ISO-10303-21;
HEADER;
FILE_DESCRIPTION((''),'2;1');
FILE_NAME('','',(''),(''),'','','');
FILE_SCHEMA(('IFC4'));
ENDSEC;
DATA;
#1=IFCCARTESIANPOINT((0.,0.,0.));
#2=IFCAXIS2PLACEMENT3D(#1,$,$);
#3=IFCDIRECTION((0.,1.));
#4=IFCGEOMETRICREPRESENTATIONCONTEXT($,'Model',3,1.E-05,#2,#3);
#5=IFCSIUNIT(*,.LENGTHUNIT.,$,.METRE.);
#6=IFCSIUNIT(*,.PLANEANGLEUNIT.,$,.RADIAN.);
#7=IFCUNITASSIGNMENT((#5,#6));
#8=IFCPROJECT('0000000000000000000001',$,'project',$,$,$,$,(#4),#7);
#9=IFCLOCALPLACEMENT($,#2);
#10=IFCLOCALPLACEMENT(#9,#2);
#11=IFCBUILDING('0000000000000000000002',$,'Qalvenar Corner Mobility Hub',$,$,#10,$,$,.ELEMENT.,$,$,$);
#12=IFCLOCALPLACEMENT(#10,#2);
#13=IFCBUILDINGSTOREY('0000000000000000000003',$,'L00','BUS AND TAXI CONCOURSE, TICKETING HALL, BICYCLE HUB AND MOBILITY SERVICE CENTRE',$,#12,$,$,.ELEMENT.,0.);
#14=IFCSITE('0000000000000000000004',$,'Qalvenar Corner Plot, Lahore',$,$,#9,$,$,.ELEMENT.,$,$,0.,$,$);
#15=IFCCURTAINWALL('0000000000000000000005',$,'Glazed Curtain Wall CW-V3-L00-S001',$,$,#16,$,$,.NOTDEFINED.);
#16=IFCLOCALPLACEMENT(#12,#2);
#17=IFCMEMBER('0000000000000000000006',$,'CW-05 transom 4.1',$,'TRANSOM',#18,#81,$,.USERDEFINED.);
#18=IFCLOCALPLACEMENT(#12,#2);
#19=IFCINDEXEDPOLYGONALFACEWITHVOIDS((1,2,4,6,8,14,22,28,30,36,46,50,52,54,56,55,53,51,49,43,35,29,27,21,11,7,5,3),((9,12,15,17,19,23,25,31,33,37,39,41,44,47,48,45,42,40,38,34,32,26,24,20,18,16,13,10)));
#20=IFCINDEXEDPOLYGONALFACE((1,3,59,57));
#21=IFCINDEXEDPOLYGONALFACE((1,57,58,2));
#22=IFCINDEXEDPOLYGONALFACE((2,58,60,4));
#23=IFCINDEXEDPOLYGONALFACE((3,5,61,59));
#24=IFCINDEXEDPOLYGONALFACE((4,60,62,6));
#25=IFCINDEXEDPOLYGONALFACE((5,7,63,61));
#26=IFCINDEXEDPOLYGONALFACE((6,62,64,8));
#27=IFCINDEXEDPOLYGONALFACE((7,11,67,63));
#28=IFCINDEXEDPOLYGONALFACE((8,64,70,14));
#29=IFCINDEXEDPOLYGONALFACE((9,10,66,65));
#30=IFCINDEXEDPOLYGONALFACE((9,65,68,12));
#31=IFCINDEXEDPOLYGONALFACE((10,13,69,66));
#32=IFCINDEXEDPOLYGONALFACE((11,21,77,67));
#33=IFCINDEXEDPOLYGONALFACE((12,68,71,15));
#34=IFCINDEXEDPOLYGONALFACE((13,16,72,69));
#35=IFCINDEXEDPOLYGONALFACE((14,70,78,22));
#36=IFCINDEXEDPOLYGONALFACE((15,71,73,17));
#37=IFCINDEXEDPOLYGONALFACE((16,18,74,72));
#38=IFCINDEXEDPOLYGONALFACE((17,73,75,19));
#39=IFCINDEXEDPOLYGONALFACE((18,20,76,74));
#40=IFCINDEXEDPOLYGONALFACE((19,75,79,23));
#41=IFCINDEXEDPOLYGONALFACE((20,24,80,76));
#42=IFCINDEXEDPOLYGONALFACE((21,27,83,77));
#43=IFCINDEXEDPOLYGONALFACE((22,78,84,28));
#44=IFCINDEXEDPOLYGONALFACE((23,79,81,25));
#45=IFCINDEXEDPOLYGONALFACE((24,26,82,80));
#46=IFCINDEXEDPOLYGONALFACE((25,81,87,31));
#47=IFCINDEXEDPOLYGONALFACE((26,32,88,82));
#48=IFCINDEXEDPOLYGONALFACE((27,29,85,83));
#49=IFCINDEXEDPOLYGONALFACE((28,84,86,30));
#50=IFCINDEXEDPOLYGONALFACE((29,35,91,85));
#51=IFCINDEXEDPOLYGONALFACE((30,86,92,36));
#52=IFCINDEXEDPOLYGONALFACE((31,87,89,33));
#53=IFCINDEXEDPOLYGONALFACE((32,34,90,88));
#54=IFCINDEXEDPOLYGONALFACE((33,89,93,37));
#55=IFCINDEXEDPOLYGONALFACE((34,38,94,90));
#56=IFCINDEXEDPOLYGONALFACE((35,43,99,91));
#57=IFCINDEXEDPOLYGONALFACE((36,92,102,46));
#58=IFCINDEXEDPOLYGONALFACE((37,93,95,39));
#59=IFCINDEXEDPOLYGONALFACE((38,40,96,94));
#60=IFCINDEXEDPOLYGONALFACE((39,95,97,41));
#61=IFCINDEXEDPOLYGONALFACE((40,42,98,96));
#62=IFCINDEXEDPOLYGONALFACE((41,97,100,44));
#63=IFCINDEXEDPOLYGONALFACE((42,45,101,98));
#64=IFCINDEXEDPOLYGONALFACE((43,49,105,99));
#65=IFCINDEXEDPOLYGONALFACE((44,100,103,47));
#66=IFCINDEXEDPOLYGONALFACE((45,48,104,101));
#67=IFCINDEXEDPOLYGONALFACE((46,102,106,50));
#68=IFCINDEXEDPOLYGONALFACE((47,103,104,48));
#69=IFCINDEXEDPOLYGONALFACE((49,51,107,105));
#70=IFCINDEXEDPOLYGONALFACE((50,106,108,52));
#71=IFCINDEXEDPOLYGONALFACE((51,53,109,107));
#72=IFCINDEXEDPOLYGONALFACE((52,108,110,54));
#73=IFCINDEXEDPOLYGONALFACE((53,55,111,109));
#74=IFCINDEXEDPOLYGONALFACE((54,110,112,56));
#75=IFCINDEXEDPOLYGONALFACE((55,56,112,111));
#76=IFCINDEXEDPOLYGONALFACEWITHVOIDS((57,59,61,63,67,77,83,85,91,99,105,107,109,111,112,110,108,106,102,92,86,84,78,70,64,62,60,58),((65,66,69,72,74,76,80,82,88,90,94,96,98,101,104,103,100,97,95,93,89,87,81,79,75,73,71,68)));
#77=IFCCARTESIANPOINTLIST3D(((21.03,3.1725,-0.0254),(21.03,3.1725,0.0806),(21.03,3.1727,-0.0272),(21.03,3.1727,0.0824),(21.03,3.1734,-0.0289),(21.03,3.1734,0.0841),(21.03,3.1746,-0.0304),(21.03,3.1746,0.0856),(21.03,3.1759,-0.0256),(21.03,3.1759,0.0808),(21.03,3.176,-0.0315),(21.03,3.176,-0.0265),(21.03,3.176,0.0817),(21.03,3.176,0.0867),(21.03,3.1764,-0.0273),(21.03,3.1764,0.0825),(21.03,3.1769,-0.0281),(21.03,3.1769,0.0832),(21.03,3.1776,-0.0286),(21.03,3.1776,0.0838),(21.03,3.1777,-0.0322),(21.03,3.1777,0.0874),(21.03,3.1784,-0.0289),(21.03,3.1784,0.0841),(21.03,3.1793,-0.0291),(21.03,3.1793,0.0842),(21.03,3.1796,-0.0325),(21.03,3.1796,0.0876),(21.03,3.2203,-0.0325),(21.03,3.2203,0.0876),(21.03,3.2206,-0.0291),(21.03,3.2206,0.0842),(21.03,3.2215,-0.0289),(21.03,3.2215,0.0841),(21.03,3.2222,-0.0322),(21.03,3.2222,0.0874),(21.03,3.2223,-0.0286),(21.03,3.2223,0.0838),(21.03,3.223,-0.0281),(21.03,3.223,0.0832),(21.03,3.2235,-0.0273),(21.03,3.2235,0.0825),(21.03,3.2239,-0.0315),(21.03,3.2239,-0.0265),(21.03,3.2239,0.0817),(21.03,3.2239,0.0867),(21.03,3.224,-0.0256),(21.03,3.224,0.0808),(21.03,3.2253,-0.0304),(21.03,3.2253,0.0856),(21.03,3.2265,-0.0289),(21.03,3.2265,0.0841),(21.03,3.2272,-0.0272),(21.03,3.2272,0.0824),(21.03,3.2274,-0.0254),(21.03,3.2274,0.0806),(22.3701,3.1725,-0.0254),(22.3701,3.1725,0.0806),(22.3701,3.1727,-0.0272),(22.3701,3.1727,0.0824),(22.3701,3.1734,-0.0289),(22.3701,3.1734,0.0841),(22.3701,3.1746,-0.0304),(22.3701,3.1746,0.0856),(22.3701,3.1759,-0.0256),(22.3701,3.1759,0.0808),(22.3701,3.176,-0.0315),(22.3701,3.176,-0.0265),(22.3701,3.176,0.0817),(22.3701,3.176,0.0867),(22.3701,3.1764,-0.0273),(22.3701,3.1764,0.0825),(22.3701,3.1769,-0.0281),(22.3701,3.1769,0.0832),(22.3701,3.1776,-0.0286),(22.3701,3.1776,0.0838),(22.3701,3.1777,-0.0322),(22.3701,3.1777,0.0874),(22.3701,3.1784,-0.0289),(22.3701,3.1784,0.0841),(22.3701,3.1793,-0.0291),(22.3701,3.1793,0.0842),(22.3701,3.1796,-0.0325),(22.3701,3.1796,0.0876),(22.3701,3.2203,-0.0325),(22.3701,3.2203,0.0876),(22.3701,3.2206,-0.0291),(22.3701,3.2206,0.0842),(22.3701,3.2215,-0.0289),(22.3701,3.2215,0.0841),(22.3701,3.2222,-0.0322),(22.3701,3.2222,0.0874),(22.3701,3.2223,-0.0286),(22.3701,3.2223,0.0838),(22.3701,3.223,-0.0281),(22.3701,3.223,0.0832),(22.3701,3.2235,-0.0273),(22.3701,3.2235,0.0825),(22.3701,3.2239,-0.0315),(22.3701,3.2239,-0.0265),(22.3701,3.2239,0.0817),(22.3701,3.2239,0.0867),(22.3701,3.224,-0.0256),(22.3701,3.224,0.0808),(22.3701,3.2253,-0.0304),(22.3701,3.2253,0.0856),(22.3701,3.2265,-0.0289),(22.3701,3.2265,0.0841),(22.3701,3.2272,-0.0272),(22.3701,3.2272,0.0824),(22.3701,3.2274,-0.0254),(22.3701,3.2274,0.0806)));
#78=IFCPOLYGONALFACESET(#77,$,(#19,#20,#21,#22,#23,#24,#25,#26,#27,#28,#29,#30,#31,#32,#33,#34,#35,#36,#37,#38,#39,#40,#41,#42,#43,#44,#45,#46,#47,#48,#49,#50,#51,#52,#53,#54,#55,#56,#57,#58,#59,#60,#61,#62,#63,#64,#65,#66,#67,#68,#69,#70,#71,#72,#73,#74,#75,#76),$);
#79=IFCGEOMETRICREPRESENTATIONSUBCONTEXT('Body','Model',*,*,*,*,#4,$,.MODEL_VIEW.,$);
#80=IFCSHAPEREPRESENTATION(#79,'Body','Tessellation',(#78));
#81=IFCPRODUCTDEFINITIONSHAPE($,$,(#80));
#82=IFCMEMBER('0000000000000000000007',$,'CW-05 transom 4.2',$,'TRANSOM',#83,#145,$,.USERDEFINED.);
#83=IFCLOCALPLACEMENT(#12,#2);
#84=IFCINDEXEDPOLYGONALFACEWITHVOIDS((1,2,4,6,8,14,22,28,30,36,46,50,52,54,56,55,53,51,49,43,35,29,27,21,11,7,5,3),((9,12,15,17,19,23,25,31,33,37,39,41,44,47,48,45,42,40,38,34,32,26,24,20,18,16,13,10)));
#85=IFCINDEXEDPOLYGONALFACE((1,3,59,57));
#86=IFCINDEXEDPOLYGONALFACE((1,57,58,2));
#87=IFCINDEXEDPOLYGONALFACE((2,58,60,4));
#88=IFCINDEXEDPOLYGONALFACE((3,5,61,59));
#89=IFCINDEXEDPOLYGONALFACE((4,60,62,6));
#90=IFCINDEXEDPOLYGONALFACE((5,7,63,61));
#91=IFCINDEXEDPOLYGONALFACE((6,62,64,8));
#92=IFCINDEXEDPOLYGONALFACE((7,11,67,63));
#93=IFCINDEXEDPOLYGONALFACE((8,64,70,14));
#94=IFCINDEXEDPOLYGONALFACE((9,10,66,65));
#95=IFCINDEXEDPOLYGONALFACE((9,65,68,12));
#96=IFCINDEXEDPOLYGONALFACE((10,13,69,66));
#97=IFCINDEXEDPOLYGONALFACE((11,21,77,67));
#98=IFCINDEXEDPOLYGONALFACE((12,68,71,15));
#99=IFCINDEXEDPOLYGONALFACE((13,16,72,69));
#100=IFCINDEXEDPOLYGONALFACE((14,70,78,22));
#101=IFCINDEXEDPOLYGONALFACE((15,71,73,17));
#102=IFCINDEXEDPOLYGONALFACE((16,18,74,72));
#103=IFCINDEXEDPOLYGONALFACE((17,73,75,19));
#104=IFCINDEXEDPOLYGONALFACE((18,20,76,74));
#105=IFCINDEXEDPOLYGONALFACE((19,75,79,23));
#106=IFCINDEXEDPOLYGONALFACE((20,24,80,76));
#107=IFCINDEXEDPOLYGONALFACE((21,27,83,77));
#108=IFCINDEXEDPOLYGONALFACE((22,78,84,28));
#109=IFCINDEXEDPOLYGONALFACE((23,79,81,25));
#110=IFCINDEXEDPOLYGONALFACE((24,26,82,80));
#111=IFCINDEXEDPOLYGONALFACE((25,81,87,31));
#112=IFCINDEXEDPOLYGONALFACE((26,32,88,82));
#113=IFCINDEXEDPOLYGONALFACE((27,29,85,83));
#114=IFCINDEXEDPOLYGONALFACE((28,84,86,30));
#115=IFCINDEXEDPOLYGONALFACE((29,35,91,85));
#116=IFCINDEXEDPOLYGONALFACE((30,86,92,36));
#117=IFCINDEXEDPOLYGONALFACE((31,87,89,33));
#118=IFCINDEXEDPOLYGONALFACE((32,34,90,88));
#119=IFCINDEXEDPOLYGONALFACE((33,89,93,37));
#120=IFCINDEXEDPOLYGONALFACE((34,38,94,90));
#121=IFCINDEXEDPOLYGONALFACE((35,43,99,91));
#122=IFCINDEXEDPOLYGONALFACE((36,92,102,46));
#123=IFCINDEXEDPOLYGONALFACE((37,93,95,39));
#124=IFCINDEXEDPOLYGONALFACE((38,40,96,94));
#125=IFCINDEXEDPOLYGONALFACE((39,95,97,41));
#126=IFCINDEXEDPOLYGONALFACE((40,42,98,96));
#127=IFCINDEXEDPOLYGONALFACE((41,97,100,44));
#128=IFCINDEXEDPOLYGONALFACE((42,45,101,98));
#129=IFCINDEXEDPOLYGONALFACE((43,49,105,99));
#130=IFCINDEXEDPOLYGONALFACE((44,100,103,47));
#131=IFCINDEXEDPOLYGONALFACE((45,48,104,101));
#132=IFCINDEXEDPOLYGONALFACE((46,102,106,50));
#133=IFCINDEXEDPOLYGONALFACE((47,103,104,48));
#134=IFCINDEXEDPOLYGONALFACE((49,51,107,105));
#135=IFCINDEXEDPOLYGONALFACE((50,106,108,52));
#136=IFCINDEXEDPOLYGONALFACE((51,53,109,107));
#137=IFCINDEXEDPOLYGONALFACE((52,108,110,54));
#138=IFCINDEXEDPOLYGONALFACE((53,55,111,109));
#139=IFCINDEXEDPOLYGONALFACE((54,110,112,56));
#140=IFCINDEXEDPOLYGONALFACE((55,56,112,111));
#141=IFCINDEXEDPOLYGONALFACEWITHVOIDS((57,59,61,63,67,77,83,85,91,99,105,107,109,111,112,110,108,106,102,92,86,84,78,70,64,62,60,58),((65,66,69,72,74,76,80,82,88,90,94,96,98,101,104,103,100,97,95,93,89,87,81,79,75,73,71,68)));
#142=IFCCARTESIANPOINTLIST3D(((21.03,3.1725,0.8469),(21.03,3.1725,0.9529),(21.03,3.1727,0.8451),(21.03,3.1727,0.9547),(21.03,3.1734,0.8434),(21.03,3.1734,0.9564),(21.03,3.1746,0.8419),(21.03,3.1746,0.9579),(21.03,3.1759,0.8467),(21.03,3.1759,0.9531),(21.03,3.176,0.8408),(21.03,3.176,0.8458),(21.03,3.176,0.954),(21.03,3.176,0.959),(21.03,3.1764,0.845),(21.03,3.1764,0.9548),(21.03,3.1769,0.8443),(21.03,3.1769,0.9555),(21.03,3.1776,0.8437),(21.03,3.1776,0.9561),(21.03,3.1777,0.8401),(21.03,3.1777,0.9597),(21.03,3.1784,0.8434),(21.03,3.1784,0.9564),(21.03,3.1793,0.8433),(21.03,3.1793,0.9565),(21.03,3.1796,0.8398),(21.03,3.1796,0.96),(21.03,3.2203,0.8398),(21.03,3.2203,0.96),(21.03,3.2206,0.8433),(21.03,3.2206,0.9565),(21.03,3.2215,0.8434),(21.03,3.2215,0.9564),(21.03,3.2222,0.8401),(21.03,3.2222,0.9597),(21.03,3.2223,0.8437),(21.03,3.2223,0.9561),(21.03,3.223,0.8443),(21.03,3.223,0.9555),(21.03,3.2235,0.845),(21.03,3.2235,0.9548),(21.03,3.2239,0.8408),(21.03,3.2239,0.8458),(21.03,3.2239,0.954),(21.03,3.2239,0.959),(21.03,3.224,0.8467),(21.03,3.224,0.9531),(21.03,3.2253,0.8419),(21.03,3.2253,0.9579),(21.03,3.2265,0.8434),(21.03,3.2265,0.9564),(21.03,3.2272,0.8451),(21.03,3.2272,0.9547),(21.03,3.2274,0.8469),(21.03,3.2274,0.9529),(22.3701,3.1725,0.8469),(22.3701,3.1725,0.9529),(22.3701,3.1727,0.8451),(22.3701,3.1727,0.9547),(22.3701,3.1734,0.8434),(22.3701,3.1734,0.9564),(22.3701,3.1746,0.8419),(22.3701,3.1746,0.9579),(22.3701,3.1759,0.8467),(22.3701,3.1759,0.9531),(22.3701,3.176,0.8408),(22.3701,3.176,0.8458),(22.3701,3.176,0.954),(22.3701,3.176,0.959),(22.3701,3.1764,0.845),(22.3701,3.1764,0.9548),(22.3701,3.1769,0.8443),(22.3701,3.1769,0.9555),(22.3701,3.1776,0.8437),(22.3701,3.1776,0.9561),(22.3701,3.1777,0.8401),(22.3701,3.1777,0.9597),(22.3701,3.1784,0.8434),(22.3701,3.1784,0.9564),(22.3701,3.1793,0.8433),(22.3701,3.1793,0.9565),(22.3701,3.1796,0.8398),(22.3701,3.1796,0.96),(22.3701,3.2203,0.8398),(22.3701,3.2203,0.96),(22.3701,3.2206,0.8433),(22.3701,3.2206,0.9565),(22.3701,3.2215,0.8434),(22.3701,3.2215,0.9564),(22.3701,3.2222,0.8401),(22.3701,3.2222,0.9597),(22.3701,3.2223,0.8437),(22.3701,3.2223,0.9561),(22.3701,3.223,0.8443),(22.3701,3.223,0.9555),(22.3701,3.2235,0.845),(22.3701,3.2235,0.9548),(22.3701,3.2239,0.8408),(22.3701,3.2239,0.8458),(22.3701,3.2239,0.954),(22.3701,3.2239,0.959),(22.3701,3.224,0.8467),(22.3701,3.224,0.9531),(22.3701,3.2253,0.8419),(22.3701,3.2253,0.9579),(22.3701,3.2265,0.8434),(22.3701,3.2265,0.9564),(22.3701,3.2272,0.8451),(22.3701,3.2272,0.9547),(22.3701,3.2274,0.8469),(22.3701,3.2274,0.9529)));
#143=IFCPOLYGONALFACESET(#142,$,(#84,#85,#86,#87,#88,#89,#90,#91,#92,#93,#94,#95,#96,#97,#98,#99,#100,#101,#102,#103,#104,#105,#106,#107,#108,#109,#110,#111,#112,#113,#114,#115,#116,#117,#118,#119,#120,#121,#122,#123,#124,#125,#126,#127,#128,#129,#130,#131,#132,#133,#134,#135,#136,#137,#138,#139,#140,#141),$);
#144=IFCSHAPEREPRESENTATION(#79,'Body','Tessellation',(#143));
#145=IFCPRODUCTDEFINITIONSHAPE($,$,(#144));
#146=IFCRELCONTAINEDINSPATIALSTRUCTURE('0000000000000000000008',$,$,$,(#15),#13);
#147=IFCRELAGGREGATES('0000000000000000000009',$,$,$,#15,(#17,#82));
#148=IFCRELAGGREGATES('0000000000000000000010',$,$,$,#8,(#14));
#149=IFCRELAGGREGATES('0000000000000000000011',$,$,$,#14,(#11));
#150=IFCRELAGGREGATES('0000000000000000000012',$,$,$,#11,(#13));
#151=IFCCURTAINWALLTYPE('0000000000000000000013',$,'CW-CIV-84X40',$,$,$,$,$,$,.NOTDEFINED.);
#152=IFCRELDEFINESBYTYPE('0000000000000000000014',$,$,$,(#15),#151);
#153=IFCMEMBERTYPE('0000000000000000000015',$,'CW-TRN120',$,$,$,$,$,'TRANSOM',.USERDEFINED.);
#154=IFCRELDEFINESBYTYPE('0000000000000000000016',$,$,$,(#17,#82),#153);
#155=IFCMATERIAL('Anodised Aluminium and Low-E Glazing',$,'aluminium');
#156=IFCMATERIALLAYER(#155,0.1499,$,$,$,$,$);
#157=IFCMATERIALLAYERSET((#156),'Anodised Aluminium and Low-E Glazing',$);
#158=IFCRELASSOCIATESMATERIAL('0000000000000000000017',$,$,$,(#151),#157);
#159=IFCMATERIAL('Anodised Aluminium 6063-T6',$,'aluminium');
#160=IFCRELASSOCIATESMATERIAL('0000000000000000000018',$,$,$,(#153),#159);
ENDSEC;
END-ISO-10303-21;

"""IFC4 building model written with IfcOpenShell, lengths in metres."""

from ifc_helpers import new_model, si_unit, direction, frame, origin, origin_2d, place, context, subcontext, project, spatial, hollow_rectangle, extrude, material, layer, layer_set, material_profile, profile_set, type_object, element, aggregate, save


model = new_model("IFC4")

# Units and contexts
model_context = context("Model", 3, precision=1e-05, world=origin(), true_north=direction((0.0, 1.0)))
body_context = subcontext(model_context, "Body", "Model", "MODEL_VIEW")
ifc_project = project(units=[si_unit("LENGTHUNIT", "METRE"), si_unit("PLANEANGLEUNIT", "RADIAN")], contexts=[model_context])

# Site, building, storey
site_placement = place(None, origin())
site = spatial("IfcSite", under=ifc_project, at=site_placement, Name="Qalvenar Corner Plot, Lahore", CompositionType="ELEMENT", RefElevation=0.0)
building_placement = place(site_placement, origin())
building = spatial("IfcBuilding", under=site, at=building_placement, Name="Qalvenar Corner Mobility Hub", CompositionType="ELEMENT")
storey_placement = place(building_placement, origin())
storey = spatial("IfcBuildingStorey", under=building, at=storey_placement, Name="L00", Description="BUS AND TAXI CONCOURSE, TICKETING HALL, BICYCLE HUB AND MOBILITY SERVICE CENTRE", CompositionType="ELEMENT", Elevation=0.0)

# Curtain wall, members
ifc_material_1 = material(Name="Anodised Aluminium and Low-E Glazing", Category="aluminium")
ifc_layer_1 = layer(ifc_material_1, 0.1499)
ifc_layer_set_1 = layer_set([ifc_layer_1], Name="Anodised Aluminium and Low-E Glazing")
curtain_wall_type = type_object("IfcCurtainWallType", Name="CW-CIV-84X40", PredefinedType="NOTDEFINED", material=ifc_layer_set_1)
curtain_wall_placement = place(storey_placement, origin())
curtain_wall = element("IfcCurtainWall", 1, at=curtain_wall_placement, inside=storey, type_object=curtain_wall_type, Name="Glazed Curtain Wall CW-V3-L00-S001", PredefinedType="NOTDEFINED")
ifc_material_2 = material(Name="Anodised Aluminium 6063-T6", Category="aluminium")
ifc_material_profile_1 = material_profile(ifc_material_2, hollow_rectangle(XDim=0.0549, YDim=0.1201, WallThickness=0.0034, InnerFilletRadius=0.0034, OuterFilletRadius=0.0071, at=origin_2d()), Name="RHS120x55x3.5")
ifc_profile_set_1 = profile_set([ifc_material_profile_1], Name="Anodised Aluminium 6063-T6")
member_type_1 = type_object("IfcMemberType", Name="CW-TRN120", ElementType="TRANSOM", PredefinedType="USERDEFINED", material=ifc_profile_set_1)
member_1_placement = place(storey_placement, frame((21.03, 3.2, 0.0276), z_axis=(1.0, 0.0, 0.0), x_axis=(0.0, 1.0, 0.0)))
member_1 = element("IfcMember", 2, at=member_1_placement, type_object=member_type_1, Name="CW-05 transom 4.1", ObjectType="TRANSOM", PredefinedType="USERDEFINED", context=body_context, shape_type="SweptSolid", body=[
    extrude(hollow_rectangle(XDim=0.0549, YDim=0.1201, WallThickness=0.0034, InnerFilletRadius=0.0034, OuterFilletRadius=0.0071, at=origin_2d()), origin(), (0.0, 0.0, 1.0), 1.3401),
])
member_2_placement = place(storey_placement, frame((21.03, 3.2, 0.8999), z_axis=(1.0, 0.0, 0.0), x_axis=(0.0, 1.0, 0.0)))
member_2 = element("IfcMember", 3, at=member_2_placement, type_object=member_type_1, Name="CW-05 transom 4.2", ObjectType="TRANSOM", PredefinedType="USERDEFINED", context=body_context, shape_type="SweptSolid", body=[
    extrude(hollow_rectangle(XDim=0.0549, YDim=0.1201, WallThickness=0.0034, InnerFilletRadius=0.0034, OuterFilletRadius=0.0071, at=origin_2d()), origin(), (0.0, 0.0, 1.0), 1.3401),
])
aggregate(curtain_wall, [member_1, member_2])

save(model, "model.ifc")
